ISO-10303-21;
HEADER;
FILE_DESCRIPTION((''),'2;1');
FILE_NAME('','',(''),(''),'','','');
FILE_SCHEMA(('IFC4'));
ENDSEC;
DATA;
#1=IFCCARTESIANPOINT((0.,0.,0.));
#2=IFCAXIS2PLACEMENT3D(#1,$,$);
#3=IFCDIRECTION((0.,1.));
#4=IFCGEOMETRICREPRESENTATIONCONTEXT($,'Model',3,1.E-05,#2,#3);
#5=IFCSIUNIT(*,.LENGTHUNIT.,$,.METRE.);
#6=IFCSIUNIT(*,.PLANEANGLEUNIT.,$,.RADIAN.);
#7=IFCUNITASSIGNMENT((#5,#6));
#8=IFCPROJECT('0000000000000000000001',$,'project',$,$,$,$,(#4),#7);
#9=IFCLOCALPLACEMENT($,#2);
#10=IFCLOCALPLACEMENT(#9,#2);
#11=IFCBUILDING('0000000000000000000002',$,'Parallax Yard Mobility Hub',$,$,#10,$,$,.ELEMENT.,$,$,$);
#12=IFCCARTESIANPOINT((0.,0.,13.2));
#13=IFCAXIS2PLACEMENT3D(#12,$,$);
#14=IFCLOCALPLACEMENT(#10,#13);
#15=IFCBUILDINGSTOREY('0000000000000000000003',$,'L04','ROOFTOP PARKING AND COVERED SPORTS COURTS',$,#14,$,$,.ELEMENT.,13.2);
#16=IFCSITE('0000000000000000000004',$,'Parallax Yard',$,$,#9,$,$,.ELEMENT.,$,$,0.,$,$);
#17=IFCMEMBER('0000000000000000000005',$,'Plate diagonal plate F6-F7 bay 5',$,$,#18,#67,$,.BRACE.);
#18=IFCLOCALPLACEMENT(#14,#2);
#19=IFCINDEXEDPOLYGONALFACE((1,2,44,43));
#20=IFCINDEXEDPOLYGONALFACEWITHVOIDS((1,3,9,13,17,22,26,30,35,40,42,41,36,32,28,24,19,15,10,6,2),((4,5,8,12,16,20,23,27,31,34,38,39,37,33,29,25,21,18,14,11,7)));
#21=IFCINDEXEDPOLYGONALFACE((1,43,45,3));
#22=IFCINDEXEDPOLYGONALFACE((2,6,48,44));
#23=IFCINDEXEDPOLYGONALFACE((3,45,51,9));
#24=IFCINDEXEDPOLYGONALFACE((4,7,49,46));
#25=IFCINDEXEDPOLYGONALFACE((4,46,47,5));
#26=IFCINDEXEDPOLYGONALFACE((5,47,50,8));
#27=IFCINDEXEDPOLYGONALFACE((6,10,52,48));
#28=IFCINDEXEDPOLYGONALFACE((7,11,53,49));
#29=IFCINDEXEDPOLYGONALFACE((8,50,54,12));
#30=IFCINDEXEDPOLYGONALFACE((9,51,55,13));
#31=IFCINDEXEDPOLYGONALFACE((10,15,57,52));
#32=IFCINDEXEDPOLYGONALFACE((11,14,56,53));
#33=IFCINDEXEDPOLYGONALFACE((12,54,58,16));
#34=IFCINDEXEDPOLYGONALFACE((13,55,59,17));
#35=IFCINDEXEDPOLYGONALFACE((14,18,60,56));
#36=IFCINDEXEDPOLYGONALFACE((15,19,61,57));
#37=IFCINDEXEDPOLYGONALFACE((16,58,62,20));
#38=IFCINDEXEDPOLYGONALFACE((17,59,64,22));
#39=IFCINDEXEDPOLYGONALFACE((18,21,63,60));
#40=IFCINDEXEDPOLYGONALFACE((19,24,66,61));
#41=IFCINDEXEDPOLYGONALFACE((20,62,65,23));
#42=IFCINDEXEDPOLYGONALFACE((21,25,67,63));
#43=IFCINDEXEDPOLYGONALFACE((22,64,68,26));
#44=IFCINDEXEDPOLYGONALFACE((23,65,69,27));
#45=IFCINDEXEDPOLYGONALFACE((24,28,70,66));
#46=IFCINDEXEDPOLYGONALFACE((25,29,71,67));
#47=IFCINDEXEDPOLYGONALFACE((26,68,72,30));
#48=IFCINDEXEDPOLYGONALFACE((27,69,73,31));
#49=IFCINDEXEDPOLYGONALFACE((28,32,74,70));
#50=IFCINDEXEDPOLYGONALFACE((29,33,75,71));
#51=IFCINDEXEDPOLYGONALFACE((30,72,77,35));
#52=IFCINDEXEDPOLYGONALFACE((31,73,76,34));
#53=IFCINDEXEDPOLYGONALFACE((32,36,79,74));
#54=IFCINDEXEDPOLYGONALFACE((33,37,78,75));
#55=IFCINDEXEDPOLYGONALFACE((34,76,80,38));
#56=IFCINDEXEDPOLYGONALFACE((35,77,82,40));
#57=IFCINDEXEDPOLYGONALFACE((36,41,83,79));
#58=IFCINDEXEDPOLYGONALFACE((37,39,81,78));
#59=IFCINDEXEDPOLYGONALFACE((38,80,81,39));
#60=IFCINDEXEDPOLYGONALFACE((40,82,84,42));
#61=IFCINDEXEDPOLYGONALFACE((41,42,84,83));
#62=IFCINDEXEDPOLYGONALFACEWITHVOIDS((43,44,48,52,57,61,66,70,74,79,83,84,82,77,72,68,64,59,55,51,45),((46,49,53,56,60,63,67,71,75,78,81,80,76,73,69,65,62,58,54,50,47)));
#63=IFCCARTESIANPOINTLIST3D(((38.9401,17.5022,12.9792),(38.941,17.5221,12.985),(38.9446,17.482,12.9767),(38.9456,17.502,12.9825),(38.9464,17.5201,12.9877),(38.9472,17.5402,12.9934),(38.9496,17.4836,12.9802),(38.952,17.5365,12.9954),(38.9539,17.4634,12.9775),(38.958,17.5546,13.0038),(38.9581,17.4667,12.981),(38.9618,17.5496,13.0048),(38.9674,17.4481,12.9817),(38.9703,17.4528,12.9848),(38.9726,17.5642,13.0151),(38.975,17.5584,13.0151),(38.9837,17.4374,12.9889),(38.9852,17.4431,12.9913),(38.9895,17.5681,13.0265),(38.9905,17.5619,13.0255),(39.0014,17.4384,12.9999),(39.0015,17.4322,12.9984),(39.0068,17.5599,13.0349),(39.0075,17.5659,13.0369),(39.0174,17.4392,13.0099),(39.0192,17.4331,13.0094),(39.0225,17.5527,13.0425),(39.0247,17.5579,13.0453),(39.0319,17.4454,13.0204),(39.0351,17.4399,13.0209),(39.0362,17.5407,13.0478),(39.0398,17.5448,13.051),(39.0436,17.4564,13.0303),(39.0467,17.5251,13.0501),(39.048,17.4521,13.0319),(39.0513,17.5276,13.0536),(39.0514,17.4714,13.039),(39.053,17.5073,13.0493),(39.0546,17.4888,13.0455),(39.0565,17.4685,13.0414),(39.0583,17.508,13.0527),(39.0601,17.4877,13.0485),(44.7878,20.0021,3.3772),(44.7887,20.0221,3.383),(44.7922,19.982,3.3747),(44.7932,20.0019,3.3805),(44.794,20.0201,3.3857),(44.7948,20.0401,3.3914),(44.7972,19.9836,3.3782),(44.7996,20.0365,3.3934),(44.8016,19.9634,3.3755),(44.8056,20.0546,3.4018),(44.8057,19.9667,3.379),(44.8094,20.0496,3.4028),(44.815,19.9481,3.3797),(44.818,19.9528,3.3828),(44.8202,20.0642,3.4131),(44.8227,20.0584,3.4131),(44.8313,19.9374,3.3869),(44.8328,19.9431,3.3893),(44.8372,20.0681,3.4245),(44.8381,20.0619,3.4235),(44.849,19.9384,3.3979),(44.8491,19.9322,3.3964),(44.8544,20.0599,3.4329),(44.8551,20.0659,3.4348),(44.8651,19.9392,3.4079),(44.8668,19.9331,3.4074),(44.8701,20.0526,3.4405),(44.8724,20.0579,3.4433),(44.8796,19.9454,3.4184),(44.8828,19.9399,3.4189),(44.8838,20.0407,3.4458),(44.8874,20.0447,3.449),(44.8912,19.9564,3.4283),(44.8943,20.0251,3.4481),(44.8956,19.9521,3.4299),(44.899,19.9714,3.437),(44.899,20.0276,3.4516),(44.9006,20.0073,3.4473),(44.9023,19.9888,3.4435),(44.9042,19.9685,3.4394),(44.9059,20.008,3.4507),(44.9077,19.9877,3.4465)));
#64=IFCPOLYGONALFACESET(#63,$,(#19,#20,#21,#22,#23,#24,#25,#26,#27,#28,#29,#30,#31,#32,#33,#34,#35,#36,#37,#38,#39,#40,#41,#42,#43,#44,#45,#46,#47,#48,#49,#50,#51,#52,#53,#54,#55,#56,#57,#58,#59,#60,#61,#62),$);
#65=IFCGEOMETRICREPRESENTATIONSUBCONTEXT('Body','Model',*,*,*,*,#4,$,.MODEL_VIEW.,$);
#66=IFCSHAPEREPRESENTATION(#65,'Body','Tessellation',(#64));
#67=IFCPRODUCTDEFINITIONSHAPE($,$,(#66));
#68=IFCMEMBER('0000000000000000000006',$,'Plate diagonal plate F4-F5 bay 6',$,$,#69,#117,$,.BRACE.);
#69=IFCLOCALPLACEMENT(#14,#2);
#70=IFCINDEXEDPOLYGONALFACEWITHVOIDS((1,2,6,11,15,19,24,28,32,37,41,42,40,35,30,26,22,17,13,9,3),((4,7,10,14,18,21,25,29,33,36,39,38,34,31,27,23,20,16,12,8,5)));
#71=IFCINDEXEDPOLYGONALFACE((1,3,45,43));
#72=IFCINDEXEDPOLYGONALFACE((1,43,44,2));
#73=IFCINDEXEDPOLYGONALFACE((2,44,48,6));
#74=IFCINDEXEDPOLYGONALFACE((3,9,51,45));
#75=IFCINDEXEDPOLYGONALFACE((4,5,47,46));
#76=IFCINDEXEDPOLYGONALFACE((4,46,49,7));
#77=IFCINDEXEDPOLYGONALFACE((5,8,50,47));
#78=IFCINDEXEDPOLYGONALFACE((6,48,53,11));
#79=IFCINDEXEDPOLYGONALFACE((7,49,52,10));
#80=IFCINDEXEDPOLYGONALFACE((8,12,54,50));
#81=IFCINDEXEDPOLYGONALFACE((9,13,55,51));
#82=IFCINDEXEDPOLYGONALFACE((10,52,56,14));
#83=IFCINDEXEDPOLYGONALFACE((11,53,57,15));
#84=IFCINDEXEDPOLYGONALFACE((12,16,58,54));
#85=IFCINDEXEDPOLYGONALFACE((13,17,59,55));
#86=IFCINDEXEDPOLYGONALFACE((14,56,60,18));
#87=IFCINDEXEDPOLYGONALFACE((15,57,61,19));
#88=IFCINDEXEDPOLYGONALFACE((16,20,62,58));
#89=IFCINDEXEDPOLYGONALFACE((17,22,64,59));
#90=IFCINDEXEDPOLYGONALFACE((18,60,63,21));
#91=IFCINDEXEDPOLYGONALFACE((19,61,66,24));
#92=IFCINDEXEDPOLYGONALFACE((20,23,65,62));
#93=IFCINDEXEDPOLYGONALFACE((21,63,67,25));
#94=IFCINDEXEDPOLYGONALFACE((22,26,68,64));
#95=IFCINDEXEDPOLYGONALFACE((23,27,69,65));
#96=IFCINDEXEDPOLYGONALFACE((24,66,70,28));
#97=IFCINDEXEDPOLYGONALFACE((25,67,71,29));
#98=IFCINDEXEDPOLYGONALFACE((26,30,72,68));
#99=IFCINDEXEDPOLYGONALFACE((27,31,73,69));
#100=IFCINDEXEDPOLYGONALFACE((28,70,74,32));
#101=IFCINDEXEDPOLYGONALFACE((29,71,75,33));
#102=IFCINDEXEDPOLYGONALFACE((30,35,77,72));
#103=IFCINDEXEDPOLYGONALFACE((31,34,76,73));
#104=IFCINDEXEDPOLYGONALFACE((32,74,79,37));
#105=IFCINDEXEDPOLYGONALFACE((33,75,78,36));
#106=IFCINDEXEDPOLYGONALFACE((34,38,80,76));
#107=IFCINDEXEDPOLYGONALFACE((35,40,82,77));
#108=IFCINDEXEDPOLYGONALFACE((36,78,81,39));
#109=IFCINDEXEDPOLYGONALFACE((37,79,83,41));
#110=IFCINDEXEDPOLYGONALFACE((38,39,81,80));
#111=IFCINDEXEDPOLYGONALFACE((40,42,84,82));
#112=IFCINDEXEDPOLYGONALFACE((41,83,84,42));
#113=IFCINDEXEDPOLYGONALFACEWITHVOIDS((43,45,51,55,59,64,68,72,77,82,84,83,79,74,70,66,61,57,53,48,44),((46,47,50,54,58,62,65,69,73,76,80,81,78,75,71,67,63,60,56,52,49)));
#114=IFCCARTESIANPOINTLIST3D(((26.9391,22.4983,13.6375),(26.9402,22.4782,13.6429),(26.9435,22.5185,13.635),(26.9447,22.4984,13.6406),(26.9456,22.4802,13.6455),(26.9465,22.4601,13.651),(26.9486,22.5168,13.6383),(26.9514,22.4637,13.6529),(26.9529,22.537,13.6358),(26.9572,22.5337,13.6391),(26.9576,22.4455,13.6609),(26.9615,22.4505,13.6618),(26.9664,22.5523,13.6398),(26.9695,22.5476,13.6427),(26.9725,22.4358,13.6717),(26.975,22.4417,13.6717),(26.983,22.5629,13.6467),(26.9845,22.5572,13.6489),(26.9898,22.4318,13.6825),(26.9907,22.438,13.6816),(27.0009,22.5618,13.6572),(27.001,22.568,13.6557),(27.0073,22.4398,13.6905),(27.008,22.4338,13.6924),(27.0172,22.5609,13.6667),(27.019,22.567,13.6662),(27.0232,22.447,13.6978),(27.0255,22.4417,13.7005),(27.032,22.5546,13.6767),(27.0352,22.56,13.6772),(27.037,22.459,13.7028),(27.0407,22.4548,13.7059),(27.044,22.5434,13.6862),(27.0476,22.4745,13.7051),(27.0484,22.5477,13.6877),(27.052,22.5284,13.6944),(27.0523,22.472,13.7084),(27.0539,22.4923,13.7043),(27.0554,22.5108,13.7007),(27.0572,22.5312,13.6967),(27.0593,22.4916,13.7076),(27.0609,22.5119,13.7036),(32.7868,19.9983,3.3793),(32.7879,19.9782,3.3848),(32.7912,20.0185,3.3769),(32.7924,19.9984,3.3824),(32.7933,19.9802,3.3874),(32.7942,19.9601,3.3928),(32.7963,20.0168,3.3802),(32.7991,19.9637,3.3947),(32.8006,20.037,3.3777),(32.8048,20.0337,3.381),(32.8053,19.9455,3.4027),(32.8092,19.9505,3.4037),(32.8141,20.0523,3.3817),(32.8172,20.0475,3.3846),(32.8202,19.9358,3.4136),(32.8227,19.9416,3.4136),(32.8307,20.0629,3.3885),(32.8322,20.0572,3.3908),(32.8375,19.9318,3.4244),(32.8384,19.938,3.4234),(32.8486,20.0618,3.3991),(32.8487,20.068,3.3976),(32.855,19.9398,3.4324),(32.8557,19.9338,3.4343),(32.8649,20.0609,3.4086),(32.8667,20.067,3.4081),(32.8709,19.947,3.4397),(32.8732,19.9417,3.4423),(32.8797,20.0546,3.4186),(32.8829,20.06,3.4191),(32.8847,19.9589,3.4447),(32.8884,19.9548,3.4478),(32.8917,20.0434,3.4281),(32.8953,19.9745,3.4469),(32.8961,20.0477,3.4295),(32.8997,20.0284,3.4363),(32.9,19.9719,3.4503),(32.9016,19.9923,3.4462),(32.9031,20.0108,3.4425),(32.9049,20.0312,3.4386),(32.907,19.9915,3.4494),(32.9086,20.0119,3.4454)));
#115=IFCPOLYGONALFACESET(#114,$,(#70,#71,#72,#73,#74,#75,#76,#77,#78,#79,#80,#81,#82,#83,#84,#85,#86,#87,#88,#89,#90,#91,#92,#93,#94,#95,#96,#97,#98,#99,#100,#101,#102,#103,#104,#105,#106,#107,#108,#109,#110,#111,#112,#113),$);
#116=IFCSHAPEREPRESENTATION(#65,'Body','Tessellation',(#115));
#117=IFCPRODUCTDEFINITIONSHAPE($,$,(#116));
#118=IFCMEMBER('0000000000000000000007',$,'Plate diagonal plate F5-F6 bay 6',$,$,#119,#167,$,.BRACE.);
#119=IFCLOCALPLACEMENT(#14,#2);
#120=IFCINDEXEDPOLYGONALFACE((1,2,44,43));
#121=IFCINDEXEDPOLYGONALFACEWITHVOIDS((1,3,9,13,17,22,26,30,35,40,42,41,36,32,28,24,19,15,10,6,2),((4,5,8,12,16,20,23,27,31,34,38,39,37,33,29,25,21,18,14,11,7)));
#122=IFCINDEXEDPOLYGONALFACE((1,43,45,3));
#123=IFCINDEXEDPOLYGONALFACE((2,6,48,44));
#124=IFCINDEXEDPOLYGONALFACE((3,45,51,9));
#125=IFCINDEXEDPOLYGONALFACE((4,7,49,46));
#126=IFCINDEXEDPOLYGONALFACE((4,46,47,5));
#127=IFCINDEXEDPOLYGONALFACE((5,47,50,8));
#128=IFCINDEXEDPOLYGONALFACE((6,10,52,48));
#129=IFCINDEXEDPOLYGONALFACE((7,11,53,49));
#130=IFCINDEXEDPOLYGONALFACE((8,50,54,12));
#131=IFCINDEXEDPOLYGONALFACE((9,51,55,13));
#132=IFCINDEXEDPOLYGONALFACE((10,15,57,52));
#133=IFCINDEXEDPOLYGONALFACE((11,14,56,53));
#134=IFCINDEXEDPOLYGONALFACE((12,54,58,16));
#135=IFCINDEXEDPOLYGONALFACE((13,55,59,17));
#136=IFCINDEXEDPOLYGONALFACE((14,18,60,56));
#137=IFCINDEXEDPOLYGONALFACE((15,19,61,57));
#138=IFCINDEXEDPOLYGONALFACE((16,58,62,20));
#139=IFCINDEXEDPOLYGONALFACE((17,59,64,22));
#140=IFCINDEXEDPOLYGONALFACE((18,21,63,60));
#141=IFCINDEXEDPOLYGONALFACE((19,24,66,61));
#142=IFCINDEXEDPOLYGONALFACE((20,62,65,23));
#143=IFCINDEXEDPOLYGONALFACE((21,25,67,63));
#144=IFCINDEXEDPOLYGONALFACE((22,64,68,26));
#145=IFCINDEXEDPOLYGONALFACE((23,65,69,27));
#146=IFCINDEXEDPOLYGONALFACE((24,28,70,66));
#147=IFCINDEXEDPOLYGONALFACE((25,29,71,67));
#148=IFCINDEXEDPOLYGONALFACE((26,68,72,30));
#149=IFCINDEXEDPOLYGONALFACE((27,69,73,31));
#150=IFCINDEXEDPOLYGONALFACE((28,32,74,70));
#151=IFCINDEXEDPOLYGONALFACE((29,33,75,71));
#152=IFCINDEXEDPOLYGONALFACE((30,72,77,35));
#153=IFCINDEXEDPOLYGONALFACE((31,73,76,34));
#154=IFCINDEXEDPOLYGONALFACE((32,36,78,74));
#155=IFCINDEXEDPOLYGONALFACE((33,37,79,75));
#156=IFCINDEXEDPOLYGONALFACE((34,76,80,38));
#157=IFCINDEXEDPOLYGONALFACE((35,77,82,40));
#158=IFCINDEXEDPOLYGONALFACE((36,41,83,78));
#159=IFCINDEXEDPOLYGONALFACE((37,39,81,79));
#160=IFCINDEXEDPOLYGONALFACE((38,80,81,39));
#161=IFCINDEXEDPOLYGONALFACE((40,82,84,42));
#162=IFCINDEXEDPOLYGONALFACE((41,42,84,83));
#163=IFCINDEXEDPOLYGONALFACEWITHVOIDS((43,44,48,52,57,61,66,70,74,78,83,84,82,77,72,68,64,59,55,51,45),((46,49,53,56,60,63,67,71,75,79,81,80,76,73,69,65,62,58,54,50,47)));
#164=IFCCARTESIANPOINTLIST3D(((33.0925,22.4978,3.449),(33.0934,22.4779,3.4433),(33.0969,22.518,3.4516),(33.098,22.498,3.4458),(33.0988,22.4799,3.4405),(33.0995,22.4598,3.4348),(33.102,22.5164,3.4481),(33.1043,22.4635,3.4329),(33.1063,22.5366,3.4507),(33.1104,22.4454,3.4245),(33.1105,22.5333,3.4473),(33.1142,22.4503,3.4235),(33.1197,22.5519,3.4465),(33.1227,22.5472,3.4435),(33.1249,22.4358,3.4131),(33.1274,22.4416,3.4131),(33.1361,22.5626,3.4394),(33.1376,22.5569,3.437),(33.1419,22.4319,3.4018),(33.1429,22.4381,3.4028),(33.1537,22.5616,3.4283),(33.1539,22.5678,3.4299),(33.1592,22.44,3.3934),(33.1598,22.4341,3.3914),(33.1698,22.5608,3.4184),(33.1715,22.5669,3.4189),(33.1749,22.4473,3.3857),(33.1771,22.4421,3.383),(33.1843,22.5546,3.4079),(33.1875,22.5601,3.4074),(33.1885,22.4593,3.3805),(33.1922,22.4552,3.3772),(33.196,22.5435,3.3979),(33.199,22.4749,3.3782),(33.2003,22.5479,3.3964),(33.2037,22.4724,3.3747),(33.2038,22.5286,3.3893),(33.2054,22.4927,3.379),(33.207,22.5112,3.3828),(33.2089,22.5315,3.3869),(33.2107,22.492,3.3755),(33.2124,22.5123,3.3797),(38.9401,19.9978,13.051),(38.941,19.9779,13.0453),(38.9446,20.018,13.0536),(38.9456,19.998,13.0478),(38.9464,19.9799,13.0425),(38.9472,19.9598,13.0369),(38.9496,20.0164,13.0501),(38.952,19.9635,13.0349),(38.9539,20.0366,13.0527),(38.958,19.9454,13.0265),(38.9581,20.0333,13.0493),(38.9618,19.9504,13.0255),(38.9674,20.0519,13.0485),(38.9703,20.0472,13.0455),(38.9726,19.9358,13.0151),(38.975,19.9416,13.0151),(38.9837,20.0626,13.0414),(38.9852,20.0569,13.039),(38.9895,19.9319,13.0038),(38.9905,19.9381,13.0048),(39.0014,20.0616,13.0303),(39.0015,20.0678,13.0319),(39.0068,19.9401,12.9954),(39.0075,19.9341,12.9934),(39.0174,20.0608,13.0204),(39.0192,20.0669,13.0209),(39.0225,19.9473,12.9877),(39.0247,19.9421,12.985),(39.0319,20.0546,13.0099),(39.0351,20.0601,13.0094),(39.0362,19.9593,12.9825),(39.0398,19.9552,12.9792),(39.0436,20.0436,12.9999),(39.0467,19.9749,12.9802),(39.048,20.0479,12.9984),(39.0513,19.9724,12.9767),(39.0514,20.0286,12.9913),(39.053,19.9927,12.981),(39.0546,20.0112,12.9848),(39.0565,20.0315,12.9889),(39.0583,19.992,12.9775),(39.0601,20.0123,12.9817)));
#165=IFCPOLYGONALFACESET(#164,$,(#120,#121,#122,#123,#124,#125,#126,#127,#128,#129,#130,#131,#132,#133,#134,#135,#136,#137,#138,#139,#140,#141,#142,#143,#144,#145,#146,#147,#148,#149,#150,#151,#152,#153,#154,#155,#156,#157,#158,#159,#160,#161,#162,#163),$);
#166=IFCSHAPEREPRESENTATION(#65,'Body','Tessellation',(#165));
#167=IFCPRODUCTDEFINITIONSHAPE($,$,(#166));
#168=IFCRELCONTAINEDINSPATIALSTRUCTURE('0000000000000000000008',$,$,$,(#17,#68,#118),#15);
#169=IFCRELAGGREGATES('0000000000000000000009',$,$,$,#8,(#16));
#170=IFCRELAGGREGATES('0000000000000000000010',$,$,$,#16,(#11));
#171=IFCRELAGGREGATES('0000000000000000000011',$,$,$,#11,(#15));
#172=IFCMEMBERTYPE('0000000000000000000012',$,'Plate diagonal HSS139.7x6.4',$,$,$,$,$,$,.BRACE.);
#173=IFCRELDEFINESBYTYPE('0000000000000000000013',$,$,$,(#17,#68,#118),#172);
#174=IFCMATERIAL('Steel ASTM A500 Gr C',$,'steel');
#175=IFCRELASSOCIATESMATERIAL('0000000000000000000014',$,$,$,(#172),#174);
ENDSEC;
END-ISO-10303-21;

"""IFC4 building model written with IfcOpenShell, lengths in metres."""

from ifc_helpers import new_model, si_unit, direction, frame, origin, origin_2d, place, context, subcontext, project, spatial, hollow_circle, extrude, material, material_profile, profile_set, type_object, element, save


model = new_model("IFC4")

# Units and contexts
model_context = context("Model", 3, precision=1e-05, world=origin(), true_north=direction((0.0, 1.0)))
body_context = subcontext(model_context, "Body", "Model", "MODEL_VIEW")
ifc_project = project(units=[si_unit("LENGTHUNIT", "METRE"), si_unit("PLANEANGLEUNIT", "RADIAN")], contexts=[model_context])

# Site, building, storey
site_placement = place(None, origin())
site = spatial("IfcSite", under=ifc_project, at=site_placement, Name="Parallax Yard", CompositionType="ELEMENT", RefElevation=0.0)
building_placement = place(site_placement, origin())
building = spatial("IfcBuilding", under=site, at=building_placement, Name="Parallax Yard Mobility Hub", CompositionType="ELEMENT")
storey_placement = place(building_placement, frame((0.0, 0.0, 13.2)))
storey = spatial("IfcBuildingStorey", under=building, at=storey_placement, Name="L04", Description="ROOFTOP PARKING AND COVERED SPORTS COURTS", CompositionType="ELEMENT", Elevation=13.2)

# Members
ifc_material_1 = material(Name="Steel ASTM A500 Gr C", Category="steel")
ifc_material_profile_1 = material_profile(ifc_material_1, hollow_circle(Radius=0.0698, WallThickness=0.0063, at=origin_2d()), Name="HSS139.7x6.4")
ifc_profile_set_1 = profile_set([ifc_material_profile_1], Name="Steel ASTM A500 Gr C")
member_type_1 = type_object("IfcMemberType", Name="Plate diagonal HSS139.7x6.4", PredefinedType="BRACE", material=ifc_profile_set_1)
for number, where, z_axis, x_axis, name in (
    (1, (39.0, 17.5, 13.0151), (0.507735, 0.217068, -0.833718), (-0.393104, 0.919494, 0.0), "Plate diagonal plate F6-F7 bay 5"),
):
    element("IfcMember", number, at=place(storey_placement, frame(where, z_axis=z_axis, x_axis=x_axis)), inside=storey, type_object=member_type_1, Name=name, PredefinedType="BRACE", context=body_context, shape_type="SweptSolid", body=[
        extrude(hollow_circle(Radius=0.0698, WallThickness=0.0063, at=origin_2d()), origin(), (0.0, 0.0, 1.0), 11.5171),
    ])
member_1_placement = place(storey_placement, frame((32.8477, 20.0, 3.4136), z_axis=(-0.484499, 0.207134, 0.849916), x_axis=(-0.393104, -0.919494, 0.0)))
element("IfcMember", 2, at=member_1_placement, inside=storey, type_object=member_type_1, Name="Plate diagonal plate F4-F5 bay 6", PredefinedType="BRACE", context=body_context, shape_type="SweptSolid", body=[
    extrude(hollow_circle(Radius=0.0698, WallThickness=0.0063, at=origin_2d()), origin(), (0.0, 0.0, 1.0), 12.0696),
])
for number, where, z_axis, x_axis, name in (
    (3, (39.0, 20.0, 13.0151), (-0.507735, 0.217068, -0.833718), (-0.393104, -0.919494, 0.0), "Plate diagonal plate F5-F6 bay 6"),
):
    element("IfcMember", number, at=place(storey_placement, frame(where, z_axis=z_axis, x_axis=x_axis)), inside=storey, type_object=member_type_1, Name=name, PredefinedType="BRACE", context=body_context, shape_type="SweptSolid", body=[
        extrude(hollow_circle(Radius=0.0698, WallThickness=0.0063, at=origin_2d()), origin(), (0.0, 0.0, 1.0), 11.5171),
    ])

save(model, "model.ifc")
